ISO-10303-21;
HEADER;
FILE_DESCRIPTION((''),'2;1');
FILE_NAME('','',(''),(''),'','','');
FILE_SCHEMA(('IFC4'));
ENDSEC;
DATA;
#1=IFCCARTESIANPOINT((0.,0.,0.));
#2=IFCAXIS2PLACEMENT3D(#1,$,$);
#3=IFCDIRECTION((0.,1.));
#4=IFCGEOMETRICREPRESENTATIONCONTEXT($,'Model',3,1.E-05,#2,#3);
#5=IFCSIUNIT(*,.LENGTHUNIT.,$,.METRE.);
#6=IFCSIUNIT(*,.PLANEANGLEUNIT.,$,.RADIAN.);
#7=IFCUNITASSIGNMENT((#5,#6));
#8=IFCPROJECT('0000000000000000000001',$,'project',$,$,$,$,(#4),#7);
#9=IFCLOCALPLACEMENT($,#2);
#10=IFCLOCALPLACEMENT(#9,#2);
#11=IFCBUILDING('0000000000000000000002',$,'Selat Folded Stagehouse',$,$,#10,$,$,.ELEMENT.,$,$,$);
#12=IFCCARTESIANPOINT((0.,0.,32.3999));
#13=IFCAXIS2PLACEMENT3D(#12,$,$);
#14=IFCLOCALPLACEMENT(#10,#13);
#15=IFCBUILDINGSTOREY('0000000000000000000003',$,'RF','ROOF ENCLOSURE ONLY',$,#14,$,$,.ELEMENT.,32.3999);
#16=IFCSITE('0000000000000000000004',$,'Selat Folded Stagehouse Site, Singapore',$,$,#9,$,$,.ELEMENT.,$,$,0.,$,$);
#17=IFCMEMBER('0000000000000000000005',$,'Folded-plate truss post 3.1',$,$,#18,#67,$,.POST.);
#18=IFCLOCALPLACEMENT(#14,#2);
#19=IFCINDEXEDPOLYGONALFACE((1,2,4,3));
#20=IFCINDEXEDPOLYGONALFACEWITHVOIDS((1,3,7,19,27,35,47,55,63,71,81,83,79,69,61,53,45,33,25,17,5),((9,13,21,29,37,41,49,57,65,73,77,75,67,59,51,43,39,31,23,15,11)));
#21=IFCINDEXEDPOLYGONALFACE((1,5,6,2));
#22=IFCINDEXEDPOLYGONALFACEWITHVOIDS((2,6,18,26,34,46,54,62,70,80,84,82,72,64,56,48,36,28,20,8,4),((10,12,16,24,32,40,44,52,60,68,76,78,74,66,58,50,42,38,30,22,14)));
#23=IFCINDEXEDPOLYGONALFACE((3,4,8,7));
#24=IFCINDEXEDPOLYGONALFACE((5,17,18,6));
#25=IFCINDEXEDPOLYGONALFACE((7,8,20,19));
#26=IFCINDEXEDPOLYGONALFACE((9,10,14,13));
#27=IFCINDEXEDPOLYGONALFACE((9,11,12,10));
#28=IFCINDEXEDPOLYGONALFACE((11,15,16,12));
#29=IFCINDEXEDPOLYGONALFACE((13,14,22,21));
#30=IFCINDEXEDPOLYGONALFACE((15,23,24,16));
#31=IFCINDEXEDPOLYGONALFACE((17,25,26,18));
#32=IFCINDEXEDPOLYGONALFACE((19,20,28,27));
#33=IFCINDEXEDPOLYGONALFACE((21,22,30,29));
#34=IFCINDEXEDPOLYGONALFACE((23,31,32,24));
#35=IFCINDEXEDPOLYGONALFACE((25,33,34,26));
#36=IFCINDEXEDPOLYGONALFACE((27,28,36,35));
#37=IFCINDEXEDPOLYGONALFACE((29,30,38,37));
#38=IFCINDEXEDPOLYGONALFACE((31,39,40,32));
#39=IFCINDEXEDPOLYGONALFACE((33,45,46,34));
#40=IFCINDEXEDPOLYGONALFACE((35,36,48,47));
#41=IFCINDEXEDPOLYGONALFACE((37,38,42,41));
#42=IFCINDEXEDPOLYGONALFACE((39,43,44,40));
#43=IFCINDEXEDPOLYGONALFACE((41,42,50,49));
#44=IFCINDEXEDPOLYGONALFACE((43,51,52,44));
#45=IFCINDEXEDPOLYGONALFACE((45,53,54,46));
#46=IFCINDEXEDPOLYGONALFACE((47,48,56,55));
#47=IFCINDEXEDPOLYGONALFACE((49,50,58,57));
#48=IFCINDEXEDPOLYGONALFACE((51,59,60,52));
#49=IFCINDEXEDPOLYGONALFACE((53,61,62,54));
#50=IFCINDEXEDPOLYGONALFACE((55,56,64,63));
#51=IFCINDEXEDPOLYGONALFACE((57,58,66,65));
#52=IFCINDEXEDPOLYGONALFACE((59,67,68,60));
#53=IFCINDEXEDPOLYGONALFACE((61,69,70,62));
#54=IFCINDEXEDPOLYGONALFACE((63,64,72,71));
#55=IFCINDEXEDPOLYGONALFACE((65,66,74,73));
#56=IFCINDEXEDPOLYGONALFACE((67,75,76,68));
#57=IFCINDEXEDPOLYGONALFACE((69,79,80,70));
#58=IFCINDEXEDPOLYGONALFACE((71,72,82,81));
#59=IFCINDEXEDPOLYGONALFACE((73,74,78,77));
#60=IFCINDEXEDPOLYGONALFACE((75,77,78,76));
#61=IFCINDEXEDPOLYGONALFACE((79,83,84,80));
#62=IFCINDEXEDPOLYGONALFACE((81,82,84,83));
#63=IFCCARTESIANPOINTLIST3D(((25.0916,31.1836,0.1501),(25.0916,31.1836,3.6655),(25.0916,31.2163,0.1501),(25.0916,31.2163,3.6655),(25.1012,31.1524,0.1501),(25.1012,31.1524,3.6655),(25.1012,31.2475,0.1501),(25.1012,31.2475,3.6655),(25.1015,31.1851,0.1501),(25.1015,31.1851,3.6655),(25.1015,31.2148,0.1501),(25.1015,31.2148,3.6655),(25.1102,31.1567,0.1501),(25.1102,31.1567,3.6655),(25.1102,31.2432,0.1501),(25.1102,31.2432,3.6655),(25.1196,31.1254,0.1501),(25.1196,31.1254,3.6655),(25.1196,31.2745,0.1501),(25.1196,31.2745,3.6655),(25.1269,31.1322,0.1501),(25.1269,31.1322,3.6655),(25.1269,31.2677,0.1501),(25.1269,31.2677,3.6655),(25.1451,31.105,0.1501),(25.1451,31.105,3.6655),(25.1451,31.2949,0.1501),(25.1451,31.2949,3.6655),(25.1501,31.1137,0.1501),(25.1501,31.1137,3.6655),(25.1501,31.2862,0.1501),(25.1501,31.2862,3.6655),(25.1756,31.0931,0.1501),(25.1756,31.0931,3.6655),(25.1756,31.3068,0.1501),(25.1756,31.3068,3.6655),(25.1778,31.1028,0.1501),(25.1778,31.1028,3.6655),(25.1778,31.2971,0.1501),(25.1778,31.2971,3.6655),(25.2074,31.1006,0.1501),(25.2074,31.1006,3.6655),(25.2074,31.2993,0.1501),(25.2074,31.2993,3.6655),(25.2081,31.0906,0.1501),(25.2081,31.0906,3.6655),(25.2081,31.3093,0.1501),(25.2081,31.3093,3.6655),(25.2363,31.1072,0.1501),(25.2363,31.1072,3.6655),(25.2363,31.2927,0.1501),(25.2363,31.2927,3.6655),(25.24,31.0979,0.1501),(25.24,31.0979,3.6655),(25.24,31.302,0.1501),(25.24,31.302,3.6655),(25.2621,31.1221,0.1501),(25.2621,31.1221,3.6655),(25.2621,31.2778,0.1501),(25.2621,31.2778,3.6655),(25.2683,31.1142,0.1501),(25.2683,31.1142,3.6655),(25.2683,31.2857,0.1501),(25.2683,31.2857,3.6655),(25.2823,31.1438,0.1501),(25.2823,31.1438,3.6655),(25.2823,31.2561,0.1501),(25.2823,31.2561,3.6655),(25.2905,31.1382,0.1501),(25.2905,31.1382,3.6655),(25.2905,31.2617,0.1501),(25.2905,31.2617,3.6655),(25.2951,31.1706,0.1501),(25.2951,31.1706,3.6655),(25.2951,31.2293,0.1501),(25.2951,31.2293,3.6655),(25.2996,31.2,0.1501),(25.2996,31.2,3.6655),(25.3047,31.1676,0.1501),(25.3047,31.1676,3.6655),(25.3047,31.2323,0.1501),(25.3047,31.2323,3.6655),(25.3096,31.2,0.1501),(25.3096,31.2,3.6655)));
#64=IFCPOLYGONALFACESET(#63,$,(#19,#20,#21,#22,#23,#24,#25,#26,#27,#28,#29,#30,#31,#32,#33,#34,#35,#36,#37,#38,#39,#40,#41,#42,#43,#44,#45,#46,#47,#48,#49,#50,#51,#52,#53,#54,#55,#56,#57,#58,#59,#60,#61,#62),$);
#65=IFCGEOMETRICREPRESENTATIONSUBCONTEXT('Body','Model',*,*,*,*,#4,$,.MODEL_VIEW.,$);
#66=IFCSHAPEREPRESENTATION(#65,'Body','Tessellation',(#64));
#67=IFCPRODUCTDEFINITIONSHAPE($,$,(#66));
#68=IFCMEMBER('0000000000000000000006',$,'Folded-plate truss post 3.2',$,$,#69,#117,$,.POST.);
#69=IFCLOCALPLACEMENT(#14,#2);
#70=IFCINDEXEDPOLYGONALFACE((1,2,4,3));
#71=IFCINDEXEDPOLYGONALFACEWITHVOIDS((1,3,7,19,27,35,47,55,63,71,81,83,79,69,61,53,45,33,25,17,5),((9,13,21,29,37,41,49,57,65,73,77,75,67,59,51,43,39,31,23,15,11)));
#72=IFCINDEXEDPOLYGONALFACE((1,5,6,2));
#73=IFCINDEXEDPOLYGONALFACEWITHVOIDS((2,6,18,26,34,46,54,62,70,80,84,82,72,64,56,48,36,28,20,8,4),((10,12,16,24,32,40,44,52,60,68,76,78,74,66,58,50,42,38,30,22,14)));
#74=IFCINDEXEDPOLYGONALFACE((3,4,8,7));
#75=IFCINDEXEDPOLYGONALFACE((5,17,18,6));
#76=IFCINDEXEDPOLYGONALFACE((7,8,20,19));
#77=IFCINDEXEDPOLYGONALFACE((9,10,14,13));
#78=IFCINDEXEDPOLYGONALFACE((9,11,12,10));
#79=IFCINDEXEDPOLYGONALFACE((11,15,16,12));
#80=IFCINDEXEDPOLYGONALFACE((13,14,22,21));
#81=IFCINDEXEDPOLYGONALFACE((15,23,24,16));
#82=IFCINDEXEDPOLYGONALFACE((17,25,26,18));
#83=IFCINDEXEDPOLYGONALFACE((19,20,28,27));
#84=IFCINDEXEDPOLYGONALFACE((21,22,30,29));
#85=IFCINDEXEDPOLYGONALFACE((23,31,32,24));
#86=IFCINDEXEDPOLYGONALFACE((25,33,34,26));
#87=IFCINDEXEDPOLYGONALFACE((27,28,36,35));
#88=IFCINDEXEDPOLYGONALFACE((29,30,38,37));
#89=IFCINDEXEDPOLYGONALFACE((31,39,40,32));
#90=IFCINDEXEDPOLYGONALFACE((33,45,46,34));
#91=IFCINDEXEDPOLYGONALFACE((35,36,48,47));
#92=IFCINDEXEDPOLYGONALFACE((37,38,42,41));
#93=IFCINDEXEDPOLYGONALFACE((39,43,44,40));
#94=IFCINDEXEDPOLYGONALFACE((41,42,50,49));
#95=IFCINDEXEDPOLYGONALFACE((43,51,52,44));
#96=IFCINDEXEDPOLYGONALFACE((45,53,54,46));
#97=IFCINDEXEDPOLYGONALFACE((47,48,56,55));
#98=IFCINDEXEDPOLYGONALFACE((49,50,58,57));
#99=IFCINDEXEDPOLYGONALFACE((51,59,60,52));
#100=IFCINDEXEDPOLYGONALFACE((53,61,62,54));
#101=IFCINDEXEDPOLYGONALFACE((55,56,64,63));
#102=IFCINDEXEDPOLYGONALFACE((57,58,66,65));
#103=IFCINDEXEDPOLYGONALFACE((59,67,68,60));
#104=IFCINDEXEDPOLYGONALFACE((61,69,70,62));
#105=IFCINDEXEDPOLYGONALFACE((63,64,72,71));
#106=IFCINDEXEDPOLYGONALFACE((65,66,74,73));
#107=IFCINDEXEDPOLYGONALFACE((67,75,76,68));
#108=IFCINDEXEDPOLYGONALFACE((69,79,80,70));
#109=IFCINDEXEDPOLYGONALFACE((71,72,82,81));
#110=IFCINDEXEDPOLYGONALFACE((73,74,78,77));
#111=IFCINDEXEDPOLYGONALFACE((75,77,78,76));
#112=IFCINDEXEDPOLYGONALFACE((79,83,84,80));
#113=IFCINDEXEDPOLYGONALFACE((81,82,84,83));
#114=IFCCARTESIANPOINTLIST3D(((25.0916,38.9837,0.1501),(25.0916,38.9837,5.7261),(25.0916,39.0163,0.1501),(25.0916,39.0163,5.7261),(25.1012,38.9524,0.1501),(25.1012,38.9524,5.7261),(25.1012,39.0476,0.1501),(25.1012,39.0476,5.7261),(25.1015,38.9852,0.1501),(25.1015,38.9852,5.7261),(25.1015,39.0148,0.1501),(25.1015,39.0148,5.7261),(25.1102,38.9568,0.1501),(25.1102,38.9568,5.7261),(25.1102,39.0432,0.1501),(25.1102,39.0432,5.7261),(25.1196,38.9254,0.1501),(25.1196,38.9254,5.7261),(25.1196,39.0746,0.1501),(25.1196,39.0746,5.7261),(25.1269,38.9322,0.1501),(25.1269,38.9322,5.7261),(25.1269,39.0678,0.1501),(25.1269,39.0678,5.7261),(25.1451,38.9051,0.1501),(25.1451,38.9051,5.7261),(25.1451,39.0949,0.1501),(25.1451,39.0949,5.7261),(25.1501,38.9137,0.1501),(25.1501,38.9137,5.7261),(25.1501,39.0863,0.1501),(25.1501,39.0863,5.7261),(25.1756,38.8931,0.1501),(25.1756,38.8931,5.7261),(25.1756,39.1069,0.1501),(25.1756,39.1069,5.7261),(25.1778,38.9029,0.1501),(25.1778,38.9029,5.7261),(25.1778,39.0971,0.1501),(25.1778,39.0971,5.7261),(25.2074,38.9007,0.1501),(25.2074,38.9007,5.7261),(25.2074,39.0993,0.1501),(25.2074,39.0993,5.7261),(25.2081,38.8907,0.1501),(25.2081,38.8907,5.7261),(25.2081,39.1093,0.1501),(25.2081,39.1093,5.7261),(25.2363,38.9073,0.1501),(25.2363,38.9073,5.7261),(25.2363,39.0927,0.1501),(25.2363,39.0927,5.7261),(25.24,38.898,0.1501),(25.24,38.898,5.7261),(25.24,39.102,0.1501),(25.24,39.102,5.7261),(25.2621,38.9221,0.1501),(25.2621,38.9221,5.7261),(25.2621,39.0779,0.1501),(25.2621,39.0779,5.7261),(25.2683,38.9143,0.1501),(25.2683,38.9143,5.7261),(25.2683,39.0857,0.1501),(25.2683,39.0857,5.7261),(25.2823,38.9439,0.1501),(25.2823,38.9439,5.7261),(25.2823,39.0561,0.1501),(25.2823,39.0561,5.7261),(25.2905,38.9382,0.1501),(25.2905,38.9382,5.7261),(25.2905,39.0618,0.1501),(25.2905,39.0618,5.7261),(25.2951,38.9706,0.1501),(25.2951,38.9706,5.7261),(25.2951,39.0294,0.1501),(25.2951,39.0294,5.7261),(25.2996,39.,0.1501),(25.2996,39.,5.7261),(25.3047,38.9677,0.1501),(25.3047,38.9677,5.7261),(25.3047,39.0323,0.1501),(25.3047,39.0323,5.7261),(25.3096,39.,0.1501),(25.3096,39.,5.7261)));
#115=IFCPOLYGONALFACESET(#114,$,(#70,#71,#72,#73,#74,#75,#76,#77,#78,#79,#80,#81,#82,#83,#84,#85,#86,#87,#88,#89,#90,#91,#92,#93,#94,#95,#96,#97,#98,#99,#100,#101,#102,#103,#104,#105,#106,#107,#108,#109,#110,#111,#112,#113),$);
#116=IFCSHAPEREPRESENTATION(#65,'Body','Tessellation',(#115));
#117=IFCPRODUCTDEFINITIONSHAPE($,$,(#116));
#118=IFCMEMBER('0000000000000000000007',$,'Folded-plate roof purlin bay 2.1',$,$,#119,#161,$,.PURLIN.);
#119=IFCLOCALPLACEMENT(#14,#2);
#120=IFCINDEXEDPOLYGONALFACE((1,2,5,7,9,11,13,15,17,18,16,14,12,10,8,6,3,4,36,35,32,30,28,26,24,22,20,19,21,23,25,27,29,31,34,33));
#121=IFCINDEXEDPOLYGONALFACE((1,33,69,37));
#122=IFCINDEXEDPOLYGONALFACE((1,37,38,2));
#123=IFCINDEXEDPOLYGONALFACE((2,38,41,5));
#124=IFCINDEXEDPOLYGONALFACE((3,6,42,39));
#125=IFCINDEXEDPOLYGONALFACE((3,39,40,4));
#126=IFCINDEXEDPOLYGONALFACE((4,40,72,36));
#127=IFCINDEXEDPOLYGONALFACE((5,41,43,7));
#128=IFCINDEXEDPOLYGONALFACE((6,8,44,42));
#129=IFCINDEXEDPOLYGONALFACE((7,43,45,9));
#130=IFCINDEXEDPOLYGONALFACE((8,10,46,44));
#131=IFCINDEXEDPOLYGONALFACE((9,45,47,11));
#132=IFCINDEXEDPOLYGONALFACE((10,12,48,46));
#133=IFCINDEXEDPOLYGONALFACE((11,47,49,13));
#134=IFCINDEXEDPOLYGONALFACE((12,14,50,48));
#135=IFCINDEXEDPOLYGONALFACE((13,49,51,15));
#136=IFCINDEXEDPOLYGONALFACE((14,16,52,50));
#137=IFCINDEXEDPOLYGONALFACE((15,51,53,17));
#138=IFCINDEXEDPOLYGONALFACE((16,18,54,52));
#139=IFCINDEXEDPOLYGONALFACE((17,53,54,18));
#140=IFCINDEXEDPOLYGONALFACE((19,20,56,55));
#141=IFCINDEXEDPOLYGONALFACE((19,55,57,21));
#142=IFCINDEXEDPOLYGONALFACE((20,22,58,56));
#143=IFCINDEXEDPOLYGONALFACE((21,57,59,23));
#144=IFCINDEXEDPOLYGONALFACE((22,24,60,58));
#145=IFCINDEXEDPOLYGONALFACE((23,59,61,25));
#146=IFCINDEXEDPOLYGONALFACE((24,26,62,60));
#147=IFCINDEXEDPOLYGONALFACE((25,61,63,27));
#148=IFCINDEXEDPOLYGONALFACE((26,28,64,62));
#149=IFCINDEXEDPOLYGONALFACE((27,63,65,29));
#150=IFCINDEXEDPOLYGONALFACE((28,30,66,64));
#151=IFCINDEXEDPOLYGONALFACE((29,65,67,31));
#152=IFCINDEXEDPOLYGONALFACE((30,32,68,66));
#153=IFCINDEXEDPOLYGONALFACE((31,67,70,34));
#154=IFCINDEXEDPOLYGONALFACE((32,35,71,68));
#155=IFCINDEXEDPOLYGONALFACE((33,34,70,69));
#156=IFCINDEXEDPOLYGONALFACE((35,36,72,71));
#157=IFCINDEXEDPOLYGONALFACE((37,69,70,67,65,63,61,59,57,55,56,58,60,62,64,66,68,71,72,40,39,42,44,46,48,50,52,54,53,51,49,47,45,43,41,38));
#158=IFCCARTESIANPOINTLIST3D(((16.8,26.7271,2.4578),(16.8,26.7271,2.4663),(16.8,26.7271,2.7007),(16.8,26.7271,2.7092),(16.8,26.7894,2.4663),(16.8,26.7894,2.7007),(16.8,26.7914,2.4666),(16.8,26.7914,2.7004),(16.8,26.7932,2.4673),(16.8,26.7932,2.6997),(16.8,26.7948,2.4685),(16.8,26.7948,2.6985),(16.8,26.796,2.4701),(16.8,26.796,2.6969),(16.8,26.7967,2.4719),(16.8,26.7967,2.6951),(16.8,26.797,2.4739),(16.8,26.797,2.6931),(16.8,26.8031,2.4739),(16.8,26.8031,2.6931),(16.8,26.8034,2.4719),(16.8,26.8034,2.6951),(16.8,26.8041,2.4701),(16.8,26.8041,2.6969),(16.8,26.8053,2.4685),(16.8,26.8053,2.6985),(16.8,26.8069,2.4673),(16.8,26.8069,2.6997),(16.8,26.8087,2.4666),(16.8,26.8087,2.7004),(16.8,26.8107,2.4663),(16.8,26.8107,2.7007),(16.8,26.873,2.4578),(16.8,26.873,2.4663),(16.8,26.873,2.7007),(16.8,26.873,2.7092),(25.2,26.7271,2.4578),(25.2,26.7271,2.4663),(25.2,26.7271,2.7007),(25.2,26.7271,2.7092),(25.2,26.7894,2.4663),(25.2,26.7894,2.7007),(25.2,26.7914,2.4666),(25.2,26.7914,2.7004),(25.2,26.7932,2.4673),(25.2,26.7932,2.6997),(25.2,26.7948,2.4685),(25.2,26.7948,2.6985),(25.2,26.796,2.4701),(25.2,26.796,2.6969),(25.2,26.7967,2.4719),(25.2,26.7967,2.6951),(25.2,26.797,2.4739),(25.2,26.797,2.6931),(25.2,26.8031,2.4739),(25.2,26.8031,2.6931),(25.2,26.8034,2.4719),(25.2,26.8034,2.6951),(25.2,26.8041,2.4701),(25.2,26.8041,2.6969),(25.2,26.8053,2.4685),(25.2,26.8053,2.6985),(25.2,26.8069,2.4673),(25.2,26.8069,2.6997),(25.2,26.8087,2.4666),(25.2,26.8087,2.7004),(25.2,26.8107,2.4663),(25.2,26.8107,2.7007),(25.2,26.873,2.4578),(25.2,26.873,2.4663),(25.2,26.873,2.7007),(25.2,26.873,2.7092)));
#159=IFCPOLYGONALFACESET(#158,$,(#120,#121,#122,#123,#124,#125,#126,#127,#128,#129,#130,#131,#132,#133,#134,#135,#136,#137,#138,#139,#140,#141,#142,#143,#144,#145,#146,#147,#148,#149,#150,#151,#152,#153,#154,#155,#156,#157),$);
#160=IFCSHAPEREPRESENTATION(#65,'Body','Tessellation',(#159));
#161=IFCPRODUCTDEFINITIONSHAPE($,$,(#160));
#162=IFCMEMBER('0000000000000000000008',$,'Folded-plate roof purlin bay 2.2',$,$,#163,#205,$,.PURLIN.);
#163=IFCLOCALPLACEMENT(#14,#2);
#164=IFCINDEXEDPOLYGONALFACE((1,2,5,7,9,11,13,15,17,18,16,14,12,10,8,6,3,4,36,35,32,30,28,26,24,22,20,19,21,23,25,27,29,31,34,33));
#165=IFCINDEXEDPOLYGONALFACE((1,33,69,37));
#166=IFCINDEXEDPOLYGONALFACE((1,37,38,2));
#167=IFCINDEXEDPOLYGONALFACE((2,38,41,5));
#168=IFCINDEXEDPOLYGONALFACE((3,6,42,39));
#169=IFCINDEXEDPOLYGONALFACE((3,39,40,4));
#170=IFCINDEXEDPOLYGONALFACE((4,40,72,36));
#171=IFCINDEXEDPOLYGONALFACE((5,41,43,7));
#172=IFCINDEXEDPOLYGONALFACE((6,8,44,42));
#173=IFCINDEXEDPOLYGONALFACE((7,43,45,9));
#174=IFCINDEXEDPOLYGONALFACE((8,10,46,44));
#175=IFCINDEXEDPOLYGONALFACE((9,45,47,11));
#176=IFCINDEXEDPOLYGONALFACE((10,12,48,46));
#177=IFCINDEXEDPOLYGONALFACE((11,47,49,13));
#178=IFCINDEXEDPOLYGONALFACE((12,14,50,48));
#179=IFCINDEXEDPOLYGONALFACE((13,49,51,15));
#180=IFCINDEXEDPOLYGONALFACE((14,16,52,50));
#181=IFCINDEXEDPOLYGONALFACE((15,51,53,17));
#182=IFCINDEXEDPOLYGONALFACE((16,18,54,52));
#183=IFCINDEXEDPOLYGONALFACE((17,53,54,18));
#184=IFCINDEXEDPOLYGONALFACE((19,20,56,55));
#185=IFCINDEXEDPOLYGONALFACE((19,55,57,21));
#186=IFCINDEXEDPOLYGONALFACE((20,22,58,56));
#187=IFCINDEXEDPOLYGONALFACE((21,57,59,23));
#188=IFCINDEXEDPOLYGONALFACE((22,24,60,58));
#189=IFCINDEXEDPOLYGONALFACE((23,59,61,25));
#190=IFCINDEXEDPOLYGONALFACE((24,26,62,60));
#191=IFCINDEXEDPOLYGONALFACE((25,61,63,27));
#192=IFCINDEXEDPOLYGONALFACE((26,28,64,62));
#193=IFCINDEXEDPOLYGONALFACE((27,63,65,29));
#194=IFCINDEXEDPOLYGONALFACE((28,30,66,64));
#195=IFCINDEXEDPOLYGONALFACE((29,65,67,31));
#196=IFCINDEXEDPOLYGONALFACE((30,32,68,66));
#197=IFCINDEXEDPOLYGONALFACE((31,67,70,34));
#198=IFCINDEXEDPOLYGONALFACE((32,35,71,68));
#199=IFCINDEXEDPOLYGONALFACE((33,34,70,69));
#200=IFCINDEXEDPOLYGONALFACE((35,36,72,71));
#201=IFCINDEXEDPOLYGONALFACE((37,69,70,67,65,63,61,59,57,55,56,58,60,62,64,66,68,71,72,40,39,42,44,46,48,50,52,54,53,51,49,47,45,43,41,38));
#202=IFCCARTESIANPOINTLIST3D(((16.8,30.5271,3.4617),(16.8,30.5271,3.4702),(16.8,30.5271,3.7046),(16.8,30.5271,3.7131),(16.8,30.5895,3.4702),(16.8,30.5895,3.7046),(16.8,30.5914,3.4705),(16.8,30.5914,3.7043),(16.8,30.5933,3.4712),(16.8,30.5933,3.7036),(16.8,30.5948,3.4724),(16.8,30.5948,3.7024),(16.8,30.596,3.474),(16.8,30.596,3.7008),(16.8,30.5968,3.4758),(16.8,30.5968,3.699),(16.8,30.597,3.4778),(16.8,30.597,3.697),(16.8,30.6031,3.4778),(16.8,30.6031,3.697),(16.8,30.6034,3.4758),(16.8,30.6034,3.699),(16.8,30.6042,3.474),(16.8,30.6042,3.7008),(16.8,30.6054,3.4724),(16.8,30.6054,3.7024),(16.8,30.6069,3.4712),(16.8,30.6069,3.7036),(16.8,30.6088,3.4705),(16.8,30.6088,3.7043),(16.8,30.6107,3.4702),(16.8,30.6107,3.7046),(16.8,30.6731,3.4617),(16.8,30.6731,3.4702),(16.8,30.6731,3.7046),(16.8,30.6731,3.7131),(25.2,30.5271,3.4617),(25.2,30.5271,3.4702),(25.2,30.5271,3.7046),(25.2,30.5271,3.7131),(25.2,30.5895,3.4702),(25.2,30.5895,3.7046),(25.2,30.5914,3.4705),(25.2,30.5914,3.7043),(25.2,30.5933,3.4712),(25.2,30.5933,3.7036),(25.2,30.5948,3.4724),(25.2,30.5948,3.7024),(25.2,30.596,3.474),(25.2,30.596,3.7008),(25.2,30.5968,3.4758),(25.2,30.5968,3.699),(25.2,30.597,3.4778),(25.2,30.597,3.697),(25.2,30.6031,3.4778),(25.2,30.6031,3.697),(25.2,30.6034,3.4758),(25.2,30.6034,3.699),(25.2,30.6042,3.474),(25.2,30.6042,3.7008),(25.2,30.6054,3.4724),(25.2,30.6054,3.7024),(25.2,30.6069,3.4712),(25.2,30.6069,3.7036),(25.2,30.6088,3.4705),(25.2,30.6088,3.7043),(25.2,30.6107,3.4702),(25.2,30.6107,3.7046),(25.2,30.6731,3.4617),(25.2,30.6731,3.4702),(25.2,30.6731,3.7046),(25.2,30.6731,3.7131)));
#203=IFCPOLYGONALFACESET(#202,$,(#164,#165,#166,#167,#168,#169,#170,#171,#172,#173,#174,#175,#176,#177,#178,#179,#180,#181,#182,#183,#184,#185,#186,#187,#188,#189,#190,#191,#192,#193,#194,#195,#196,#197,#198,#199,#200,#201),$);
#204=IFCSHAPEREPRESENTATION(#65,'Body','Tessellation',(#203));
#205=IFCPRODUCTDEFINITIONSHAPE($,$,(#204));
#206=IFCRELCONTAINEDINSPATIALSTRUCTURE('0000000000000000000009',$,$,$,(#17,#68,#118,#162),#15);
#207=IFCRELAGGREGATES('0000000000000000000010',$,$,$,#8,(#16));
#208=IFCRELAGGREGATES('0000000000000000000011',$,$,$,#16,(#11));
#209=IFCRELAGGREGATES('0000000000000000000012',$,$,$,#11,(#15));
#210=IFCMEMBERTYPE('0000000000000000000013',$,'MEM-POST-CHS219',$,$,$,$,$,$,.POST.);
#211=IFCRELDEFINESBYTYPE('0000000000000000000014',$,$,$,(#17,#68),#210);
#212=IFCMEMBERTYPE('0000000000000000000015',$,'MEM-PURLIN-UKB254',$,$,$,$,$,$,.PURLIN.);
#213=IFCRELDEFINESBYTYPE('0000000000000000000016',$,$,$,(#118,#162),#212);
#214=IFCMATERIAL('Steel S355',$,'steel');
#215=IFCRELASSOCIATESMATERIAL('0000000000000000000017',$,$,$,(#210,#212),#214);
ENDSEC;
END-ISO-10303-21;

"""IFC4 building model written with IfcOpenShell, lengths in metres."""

from ifc_helpers import new_model, si_unit, direction, frame, origin, origin_2d, place, context, subcontext, project, spatial, hollow_circle, i_section, extrude, material, material_profile, profile_set, type_object, element, save


model = new_model("IFC4")

# Units and contexts
model_context = context("Model", 3, precision=1e-05, world=origin(), true_north=direction((0.0, 1.0)))
body_context = subcontext(model_context, "Body", "Model", "MODEL_VIEW")
ifc_project = project(units=[si_unit("LENGTHUNIT", "METRE"), si_unit("PLANEANGLEUNIT", "RADIAN")], contexts=[model_context])

# Site, building, storey
site_placement = place(None, origin())
site = spatial("IfcSite", under=ifc_project, at=site_placement, Name="Selat Folded Stagehouse Site, Singapore", CompositionType="ELEMENT", RefElevation=0.0)
building_placement = place(site_placement, origin())
building = spatial("IfcBuilding", under=site, at=building_placement, Name="Selat Folded Stagehouse", CompositionType="ELEMENT")
storey_placement = place(building_placement, frame((0.0, 0.0, 32.3999)))
storey = spatial("IfcBuildingStorey", under=building, at=storey_placement, Name="RF", Description="ROOF ENCLOSURE ONLY", CompositionType="ELEMENT", Elevation=32.3999)

# Shared definitions
ifc_material = material(Name="Steel S355", Category="steel")

# Members
ifc_material_profile_1 = material_profile(ifc_material, hollow_circle(Radius=0.1096, WallThickness=0.01, at=origin_2d()), Name="CHS 219.1x10.0")
ifc_profile_set_1 = profile_set([ifc_material_profile_1], Name="Steel S355")
member_type_1 = type_object("IfcMemberType", Name="MEM-POST-CHS219", PredefinedType="POST", material=ifc_profile_set_1)
member_1_placement = place(storey_placement, frame((25.2, 31.2, 0.1501), z_axis=(0.0, 0.0, 1.0), x_axis=(1.0, 0.0, 0.0)))
element("IfcMember", 1, at=member_1_placement, inside=storey, type_object=member_type_1, Name="Folded-plate truss post 3.1", PredefinedType="POST", context=body_context, shape_type="SweptSolid", body=[
    extrude(hollow_circle(Radius=0.1096, WallThickness=0.01, at=origin_2d()), origin(), (0.0, 0.0, 1.0), 3.5154),
])
member_2_placement = place(storey_placement, frame((25.2, 39.0, 0.1501), z_axis=(0.0, 0.0, 1.0), x_axis=(1.0, 0.0, 0.0)))
element("IfcMember", 2, at=member_2_placement, inside=storey, type_object=member_type_1, Name="Folded-plate truss post 3.2", PredefinedType="POST", context=body_context, shape_type="SweptSolid", body=[
    extrude(hollow_circle(Radius=0.1096, WallThickness=0.01, at=origin_2d()), origin(), (0.0, 0.0, 1.0), 5.5759),
])
ifc_material_profile_2 = material_profile(ifc_material, i_section(OverallWidth=0.146, OverallDepth=0.2515, WebThickness=0.0061, FlangeThickness=0.0085, FilletRadius=0.0076, at=origin_2d()), Name="UKB 254x146x31")
ifc_profile_set_2 = profile_set([ifc_material_profile_2], Name="Steel S355")
member_type_2 = type_object("IfcMemberType", Name="MEM-PURLIN-UKB254", PredefinedType="PURLIN", material=ifc_profile_set_2)
for number, where, z_axis, x_axis, name in (
    (3, (16.8, 26.8, 2.5835), (1.0, 0.0, 0.0), (0.0, 1.0, 0.0), "Folded-plate roof purlin bay 2.1"),
    (4, (16.8, 30.6001, 3.5874), (1.0, 0.0, 0.0), (0.0, 1.0, 0.0), "Folded-plate roof purlin bay 2.2"),
):
    element("IfcMember", number, at=place(storey_placement, frame(where, z_axis=z_axis, x_axis=x_axis)), inside=storey, type_object=member_type_2, Name=name, PredefinedType="PURLIN", context=body_context, shape_type="SweptSolid", body=[
        extrude(i_section(OverallWidth=0.146, OverallDepth=0.2515, WebThickness=0.0061, FlangeThickness=0.0085, FilletRadius=0.0076, at=origin_2d()), origin(), (0.0, 0.0, 1.0), 8.3999),
    ])

save(model, "model.ifc")
